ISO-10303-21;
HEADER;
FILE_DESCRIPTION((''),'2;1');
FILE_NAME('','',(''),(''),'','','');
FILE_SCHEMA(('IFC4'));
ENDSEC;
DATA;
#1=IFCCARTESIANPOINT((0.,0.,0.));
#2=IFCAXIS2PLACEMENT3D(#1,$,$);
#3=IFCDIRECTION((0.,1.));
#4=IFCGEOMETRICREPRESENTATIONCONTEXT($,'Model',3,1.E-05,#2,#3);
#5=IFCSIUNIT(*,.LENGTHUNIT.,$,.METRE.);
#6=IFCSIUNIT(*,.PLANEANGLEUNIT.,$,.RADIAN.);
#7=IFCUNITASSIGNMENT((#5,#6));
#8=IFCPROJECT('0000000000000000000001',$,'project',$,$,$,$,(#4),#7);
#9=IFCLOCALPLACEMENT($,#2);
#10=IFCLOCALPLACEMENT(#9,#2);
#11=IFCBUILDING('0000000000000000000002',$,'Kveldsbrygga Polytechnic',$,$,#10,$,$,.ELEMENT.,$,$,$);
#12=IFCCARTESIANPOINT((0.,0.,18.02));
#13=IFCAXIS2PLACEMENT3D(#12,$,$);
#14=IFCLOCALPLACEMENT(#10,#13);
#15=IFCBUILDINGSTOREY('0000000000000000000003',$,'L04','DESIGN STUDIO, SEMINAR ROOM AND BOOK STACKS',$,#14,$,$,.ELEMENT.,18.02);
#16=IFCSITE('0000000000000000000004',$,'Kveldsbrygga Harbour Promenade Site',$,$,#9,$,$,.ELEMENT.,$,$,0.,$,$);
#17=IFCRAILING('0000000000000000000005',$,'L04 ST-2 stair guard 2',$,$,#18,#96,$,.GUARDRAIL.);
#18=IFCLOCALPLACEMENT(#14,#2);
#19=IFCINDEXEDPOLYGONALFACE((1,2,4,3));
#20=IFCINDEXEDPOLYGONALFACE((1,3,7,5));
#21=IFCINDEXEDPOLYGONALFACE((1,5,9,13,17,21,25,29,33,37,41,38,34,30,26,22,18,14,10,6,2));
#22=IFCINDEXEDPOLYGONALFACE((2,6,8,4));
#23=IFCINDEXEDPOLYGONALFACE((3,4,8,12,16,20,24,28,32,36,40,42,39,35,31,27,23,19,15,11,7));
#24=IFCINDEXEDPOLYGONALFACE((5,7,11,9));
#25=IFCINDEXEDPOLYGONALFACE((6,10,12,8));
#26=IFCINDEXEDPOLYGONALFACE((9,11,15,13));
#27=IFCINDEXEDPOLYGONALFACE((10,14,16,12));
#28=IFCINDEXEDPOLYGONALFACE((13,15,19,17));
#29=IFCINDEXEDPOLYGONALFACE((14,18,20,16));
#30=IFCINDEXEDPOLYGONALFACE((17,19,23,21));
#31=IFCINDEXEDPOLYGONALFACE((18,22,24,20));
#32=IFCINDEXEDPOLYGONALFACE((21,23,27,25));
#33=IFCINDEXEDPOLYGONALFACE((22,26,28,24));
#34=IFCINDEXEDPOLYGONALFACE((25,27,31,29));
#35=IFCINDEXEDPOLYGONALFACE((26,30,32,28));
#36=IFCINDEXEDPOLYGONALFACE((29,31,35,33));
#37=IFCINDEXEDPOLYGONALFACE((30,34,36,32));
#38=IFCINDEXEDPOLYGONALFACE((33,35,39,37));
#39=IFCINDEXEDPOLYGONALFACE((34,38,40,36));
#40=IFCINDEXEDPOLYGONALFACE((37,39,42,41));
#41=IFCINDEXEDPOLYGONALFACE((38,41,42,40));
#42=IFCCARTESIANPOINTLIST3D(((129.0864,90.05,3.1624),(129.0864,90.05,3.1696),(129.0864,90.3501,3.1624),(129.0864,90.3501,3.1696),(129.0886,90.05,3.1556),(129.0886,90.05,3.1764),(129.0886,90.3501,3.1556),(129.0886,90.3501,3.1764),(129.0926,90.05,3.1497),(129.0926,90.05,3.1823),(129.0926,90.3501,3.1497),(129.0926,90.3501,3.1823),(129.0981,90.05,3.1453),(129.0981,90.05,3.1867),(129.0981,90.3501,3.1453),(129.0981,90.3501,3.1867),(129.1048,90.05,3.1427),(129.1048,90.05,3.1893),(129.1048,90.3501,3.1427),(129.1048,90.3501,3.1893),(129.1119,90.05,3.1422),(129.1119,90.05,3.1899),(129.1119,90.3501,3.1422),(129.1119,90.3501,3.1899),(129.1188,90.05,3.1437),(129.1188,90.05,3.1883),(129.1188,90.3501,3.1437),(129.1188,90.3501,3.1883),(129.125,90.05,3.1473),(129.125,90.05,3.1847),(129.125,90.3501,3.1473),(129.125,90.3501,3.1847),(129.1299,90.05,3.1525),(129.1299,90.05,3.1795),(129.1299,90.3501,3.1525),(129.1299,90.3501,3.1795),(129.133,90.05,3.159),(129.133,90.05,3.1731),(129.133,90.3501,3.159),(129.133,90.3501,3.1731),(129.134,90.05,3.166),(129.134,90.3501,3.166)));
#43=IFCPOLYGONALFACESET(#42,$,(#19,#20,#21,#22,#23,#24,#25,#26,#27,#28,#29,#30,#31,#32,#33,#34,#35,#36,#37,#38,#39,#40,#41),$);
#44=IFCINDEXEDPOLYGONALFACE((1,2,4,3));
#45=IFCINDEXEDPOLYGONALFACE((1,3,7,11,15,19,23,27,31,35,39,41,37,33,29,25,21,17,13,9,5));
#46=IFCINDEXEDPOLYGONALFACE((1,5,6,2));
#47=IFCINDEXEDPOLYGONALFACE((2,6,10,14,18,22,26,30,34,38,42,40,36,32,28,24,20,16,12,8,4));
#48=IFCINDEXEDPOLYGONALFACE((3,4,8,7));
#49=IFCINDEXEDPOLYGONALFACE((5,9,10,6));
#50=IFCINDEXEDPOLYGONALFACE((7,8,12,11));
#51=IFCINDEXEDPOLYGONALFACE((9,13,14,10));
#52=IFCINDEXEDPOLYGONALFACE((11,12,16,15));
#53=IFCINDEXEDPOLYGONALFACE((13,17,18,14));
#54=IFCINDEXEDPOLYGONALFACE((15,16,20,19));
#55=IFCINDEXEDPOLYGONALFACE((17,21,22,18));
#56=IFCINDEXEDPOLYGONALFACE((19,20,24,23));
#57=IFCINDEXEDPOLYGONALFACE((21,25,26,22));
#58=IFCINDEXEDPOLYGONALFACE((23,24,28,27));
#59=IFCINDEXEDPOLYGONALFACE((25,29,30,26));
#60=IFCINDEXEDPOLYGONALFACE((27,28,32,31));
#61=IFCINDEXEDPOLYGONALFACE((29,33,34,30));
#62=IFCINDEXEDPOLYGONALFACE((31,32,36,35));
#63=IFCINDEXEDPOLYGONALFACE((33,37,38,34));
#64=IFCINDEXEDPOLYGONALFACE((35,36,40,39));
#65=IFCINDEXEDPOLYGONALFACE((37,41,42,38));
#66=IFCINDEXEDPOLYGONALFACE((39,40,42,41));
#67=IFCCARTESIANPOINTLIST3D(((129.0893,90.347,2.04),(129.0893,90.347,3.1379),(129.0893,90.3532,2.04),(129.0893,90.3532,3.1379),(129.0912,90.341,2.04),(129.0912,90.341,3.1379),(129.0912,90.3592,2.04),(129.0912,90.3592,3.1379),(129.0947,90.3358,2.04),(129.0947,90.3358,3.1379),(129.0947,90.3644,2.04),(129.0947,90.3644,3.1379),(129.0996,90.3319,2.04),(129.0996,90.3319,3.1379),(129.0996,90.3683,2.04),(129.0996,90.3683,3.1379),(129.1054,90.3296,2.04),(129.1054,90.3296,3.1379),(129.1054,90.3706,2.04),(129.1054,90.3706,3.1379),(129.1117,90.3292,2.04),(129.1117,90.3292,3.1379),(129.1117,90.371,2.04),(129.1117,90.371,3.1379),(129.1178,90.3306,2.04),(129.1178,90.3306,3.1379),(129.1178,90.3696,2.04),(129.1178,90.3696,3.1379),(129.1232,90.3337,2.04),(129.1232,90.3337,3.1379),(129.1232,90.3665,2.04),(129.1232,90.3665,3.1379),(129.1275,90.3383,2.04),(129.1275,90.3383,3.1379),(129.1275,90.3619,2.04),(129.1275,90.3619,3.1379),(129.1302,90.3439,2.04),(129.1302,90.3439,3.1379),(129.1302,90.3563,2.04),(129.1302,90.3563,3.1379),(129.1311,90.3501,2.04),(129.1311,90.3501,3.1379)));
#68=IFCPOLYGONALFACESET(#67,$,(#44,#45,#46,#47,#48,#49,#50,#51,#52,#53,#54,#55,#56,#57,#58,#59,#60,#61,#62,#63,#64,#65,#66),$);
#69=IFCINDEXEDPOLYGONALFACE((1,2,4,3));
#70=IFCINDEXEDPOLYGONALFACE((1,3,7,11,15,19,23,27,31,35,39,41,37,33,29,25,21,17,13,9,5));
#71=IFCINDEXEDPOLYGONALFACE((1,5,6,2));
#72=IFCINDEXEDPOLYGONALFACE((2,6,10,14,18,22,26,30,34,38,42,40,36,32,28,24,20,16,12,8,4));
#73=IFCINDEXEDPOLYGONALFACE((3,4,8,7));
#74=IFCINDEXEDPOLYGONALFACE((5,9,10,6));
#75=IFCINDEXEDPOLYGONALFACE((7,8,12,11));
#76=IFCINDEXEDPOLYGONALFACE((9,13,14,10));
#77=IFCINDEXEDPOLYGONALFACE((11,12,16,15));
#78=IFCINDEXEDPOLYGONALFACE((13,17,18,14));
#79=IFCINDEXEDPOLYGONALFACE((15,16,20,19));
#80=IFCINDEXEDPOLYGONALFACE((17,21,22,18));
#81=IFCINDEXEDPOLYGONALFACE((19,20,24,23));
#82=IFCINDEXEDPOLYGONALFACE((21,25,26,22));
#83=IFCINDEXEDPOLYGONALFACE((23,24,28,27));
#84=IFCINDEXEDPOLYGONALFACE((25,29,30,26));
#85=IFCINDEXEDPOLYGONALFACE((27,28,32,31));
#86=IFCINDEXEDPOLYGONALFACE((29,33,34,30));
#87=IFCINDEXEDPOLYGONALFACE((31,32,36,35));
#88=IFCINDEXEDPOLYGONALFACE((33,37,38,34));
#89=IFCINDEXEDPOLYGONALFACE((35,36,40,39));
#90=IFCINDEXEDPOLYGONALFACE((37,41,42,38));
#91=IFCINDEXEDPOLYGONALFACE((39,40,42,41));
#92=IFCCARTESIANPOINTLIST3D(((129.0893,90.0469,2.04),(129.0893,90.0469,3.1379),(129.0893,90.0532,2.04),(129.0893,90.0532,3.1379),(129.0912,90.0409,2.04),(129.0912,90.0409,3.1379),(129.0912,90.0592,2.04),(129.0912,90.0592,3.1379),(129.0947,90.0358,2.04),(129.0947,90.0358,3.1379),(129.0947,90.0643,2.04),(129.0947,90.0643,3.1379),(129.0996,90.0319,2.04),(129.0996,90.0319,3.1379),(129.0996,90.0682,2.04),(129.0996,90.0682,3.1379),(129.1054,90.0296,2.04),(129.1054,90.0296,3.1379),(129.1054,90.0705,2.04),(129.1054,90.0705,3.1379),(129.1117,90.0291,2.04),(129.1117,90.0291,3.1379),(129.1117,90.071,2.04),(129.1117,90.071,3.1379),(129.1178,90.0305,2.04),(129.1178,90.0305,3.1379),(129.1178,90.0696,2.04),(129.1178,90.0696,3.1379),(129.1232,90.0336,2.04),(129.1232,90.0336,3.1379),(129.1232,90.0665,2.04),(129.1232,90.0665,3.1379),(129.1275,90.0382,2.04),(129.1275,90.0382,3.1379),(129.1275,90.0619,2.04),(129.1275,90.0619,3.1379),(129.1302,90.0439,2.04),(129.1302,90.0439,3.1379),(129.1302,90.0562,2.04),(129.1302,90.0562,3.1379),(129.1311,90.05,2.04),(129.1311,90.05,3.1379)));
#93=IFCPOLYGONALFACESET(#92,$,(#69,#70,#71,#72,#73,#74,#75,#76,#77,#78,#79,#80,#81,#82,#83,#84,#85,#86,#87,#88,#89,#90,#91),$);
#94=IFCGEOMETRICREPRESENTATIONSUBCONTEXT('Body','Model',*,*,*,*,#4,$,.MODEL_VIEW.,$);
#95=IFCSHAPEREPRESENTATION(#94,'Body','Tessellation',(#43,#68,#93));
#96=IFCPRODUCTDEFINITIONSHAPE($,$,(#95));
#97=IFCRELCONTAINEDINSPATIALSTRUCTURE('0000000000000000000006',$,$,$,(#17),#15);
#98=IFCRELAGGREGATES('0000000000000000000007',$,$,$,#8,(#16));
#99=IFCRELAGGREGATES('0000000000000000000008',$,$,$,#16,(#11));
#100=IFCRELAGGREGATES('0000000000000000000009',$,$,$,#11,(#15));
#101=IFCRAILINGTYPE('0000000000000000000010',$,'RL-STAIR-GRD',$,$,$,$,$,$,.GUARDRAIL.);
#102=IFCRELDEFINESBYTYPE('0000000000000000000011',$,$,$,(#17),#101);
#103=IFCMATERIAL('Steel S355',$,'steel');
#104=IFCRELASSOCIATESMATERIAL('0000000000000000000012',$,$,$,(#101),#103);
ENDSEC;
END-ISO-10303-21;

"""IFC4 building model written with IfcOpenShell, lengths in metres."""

from ifc_helpers import new_model, si_unit, direction, frame, origin, origin_2d, place, context, subcontext, project, spatial, circle, extrude, material, type_object, element, save


model = new_model("IFC4")

# Units and contexts
model_context = context("Model", 3, precision=1e-05, world=origin(), true_north=direction((0.0, 1.0)))
body_context = subcontext(model_context, "Body", "Model", "MODEL_VIEW")
ifc_project = project(units=[si_unit("LENGTHUNIT", "METRE"), si_unit("PLANEANGLEUNIT", "RADIAN")], contexts=[model_context])

# Site, building, storey
site_placement = place(None, origin())
site = spatial("IfcSite", under=ifc_project, at=site_placement, Name="Kveldsbrygga Harbour Promenade Site", CompositionType="ELEMENT", RefElevation=0.0)
building_placement = place(site_placement, origin())
building = spatial("IfcBuilding", under=site, at=building_placement, Name="Kveldsbrygga Polytechnic", CompositionType="ELEMENT")
storey_placement = place(building_placement, frame((0.0, 0.0, 18.02)))
storey = spatial("IfcBuildingStorey", under=building, at=storey_placement, Name="L04", Description="DESIGN STUDIO, SEMINAR ROOM AND BOOK STACKS", CompositionType="ELEMENT", Elevation=18.02)

# Shared definitions
ifc_material_1 = material(Name="Steel S355", Category="steel")

# Railing
railing_type_1 = type_object("IfcRailingType", Name="RL-STAIR-GRD", PredefinedType="GUARDRAIL", material=ifc_material_1)
railing_1_placement = place(storey_placement, frame((129.1101, 90.3501, 2.04)))
element("IfcRailing", 1, at=railing_1_placement, inside=storey, type_object=railing_type_1, Name="L04 ST-2 stair guard 2", PredefinedType="GUARDRAIL", context=body_context, shape_type="SweptSolid", body=[
    extrude(circle(Radius=0.0239, at=origin_2d()), frame((0.0, 0.0, 1.126), z_axis=(0.0, -1.0, 0.0), x_axis=(1.0, 0.0, 0.0)), (0.0, 0.0, 1.0), 0.3),
    extrude(circle(Radius=0.021, at=origin_2d()), origin(), (0.0, 0.0, 1.0), 1.0979),
    extrude(circle(Radius=0.021, at=origin_2d()), frame((0.0, -0.3, 0.0)), (0.0, 0.0, 1.0), 1.0979),
])

save(model, "model.ifc")
